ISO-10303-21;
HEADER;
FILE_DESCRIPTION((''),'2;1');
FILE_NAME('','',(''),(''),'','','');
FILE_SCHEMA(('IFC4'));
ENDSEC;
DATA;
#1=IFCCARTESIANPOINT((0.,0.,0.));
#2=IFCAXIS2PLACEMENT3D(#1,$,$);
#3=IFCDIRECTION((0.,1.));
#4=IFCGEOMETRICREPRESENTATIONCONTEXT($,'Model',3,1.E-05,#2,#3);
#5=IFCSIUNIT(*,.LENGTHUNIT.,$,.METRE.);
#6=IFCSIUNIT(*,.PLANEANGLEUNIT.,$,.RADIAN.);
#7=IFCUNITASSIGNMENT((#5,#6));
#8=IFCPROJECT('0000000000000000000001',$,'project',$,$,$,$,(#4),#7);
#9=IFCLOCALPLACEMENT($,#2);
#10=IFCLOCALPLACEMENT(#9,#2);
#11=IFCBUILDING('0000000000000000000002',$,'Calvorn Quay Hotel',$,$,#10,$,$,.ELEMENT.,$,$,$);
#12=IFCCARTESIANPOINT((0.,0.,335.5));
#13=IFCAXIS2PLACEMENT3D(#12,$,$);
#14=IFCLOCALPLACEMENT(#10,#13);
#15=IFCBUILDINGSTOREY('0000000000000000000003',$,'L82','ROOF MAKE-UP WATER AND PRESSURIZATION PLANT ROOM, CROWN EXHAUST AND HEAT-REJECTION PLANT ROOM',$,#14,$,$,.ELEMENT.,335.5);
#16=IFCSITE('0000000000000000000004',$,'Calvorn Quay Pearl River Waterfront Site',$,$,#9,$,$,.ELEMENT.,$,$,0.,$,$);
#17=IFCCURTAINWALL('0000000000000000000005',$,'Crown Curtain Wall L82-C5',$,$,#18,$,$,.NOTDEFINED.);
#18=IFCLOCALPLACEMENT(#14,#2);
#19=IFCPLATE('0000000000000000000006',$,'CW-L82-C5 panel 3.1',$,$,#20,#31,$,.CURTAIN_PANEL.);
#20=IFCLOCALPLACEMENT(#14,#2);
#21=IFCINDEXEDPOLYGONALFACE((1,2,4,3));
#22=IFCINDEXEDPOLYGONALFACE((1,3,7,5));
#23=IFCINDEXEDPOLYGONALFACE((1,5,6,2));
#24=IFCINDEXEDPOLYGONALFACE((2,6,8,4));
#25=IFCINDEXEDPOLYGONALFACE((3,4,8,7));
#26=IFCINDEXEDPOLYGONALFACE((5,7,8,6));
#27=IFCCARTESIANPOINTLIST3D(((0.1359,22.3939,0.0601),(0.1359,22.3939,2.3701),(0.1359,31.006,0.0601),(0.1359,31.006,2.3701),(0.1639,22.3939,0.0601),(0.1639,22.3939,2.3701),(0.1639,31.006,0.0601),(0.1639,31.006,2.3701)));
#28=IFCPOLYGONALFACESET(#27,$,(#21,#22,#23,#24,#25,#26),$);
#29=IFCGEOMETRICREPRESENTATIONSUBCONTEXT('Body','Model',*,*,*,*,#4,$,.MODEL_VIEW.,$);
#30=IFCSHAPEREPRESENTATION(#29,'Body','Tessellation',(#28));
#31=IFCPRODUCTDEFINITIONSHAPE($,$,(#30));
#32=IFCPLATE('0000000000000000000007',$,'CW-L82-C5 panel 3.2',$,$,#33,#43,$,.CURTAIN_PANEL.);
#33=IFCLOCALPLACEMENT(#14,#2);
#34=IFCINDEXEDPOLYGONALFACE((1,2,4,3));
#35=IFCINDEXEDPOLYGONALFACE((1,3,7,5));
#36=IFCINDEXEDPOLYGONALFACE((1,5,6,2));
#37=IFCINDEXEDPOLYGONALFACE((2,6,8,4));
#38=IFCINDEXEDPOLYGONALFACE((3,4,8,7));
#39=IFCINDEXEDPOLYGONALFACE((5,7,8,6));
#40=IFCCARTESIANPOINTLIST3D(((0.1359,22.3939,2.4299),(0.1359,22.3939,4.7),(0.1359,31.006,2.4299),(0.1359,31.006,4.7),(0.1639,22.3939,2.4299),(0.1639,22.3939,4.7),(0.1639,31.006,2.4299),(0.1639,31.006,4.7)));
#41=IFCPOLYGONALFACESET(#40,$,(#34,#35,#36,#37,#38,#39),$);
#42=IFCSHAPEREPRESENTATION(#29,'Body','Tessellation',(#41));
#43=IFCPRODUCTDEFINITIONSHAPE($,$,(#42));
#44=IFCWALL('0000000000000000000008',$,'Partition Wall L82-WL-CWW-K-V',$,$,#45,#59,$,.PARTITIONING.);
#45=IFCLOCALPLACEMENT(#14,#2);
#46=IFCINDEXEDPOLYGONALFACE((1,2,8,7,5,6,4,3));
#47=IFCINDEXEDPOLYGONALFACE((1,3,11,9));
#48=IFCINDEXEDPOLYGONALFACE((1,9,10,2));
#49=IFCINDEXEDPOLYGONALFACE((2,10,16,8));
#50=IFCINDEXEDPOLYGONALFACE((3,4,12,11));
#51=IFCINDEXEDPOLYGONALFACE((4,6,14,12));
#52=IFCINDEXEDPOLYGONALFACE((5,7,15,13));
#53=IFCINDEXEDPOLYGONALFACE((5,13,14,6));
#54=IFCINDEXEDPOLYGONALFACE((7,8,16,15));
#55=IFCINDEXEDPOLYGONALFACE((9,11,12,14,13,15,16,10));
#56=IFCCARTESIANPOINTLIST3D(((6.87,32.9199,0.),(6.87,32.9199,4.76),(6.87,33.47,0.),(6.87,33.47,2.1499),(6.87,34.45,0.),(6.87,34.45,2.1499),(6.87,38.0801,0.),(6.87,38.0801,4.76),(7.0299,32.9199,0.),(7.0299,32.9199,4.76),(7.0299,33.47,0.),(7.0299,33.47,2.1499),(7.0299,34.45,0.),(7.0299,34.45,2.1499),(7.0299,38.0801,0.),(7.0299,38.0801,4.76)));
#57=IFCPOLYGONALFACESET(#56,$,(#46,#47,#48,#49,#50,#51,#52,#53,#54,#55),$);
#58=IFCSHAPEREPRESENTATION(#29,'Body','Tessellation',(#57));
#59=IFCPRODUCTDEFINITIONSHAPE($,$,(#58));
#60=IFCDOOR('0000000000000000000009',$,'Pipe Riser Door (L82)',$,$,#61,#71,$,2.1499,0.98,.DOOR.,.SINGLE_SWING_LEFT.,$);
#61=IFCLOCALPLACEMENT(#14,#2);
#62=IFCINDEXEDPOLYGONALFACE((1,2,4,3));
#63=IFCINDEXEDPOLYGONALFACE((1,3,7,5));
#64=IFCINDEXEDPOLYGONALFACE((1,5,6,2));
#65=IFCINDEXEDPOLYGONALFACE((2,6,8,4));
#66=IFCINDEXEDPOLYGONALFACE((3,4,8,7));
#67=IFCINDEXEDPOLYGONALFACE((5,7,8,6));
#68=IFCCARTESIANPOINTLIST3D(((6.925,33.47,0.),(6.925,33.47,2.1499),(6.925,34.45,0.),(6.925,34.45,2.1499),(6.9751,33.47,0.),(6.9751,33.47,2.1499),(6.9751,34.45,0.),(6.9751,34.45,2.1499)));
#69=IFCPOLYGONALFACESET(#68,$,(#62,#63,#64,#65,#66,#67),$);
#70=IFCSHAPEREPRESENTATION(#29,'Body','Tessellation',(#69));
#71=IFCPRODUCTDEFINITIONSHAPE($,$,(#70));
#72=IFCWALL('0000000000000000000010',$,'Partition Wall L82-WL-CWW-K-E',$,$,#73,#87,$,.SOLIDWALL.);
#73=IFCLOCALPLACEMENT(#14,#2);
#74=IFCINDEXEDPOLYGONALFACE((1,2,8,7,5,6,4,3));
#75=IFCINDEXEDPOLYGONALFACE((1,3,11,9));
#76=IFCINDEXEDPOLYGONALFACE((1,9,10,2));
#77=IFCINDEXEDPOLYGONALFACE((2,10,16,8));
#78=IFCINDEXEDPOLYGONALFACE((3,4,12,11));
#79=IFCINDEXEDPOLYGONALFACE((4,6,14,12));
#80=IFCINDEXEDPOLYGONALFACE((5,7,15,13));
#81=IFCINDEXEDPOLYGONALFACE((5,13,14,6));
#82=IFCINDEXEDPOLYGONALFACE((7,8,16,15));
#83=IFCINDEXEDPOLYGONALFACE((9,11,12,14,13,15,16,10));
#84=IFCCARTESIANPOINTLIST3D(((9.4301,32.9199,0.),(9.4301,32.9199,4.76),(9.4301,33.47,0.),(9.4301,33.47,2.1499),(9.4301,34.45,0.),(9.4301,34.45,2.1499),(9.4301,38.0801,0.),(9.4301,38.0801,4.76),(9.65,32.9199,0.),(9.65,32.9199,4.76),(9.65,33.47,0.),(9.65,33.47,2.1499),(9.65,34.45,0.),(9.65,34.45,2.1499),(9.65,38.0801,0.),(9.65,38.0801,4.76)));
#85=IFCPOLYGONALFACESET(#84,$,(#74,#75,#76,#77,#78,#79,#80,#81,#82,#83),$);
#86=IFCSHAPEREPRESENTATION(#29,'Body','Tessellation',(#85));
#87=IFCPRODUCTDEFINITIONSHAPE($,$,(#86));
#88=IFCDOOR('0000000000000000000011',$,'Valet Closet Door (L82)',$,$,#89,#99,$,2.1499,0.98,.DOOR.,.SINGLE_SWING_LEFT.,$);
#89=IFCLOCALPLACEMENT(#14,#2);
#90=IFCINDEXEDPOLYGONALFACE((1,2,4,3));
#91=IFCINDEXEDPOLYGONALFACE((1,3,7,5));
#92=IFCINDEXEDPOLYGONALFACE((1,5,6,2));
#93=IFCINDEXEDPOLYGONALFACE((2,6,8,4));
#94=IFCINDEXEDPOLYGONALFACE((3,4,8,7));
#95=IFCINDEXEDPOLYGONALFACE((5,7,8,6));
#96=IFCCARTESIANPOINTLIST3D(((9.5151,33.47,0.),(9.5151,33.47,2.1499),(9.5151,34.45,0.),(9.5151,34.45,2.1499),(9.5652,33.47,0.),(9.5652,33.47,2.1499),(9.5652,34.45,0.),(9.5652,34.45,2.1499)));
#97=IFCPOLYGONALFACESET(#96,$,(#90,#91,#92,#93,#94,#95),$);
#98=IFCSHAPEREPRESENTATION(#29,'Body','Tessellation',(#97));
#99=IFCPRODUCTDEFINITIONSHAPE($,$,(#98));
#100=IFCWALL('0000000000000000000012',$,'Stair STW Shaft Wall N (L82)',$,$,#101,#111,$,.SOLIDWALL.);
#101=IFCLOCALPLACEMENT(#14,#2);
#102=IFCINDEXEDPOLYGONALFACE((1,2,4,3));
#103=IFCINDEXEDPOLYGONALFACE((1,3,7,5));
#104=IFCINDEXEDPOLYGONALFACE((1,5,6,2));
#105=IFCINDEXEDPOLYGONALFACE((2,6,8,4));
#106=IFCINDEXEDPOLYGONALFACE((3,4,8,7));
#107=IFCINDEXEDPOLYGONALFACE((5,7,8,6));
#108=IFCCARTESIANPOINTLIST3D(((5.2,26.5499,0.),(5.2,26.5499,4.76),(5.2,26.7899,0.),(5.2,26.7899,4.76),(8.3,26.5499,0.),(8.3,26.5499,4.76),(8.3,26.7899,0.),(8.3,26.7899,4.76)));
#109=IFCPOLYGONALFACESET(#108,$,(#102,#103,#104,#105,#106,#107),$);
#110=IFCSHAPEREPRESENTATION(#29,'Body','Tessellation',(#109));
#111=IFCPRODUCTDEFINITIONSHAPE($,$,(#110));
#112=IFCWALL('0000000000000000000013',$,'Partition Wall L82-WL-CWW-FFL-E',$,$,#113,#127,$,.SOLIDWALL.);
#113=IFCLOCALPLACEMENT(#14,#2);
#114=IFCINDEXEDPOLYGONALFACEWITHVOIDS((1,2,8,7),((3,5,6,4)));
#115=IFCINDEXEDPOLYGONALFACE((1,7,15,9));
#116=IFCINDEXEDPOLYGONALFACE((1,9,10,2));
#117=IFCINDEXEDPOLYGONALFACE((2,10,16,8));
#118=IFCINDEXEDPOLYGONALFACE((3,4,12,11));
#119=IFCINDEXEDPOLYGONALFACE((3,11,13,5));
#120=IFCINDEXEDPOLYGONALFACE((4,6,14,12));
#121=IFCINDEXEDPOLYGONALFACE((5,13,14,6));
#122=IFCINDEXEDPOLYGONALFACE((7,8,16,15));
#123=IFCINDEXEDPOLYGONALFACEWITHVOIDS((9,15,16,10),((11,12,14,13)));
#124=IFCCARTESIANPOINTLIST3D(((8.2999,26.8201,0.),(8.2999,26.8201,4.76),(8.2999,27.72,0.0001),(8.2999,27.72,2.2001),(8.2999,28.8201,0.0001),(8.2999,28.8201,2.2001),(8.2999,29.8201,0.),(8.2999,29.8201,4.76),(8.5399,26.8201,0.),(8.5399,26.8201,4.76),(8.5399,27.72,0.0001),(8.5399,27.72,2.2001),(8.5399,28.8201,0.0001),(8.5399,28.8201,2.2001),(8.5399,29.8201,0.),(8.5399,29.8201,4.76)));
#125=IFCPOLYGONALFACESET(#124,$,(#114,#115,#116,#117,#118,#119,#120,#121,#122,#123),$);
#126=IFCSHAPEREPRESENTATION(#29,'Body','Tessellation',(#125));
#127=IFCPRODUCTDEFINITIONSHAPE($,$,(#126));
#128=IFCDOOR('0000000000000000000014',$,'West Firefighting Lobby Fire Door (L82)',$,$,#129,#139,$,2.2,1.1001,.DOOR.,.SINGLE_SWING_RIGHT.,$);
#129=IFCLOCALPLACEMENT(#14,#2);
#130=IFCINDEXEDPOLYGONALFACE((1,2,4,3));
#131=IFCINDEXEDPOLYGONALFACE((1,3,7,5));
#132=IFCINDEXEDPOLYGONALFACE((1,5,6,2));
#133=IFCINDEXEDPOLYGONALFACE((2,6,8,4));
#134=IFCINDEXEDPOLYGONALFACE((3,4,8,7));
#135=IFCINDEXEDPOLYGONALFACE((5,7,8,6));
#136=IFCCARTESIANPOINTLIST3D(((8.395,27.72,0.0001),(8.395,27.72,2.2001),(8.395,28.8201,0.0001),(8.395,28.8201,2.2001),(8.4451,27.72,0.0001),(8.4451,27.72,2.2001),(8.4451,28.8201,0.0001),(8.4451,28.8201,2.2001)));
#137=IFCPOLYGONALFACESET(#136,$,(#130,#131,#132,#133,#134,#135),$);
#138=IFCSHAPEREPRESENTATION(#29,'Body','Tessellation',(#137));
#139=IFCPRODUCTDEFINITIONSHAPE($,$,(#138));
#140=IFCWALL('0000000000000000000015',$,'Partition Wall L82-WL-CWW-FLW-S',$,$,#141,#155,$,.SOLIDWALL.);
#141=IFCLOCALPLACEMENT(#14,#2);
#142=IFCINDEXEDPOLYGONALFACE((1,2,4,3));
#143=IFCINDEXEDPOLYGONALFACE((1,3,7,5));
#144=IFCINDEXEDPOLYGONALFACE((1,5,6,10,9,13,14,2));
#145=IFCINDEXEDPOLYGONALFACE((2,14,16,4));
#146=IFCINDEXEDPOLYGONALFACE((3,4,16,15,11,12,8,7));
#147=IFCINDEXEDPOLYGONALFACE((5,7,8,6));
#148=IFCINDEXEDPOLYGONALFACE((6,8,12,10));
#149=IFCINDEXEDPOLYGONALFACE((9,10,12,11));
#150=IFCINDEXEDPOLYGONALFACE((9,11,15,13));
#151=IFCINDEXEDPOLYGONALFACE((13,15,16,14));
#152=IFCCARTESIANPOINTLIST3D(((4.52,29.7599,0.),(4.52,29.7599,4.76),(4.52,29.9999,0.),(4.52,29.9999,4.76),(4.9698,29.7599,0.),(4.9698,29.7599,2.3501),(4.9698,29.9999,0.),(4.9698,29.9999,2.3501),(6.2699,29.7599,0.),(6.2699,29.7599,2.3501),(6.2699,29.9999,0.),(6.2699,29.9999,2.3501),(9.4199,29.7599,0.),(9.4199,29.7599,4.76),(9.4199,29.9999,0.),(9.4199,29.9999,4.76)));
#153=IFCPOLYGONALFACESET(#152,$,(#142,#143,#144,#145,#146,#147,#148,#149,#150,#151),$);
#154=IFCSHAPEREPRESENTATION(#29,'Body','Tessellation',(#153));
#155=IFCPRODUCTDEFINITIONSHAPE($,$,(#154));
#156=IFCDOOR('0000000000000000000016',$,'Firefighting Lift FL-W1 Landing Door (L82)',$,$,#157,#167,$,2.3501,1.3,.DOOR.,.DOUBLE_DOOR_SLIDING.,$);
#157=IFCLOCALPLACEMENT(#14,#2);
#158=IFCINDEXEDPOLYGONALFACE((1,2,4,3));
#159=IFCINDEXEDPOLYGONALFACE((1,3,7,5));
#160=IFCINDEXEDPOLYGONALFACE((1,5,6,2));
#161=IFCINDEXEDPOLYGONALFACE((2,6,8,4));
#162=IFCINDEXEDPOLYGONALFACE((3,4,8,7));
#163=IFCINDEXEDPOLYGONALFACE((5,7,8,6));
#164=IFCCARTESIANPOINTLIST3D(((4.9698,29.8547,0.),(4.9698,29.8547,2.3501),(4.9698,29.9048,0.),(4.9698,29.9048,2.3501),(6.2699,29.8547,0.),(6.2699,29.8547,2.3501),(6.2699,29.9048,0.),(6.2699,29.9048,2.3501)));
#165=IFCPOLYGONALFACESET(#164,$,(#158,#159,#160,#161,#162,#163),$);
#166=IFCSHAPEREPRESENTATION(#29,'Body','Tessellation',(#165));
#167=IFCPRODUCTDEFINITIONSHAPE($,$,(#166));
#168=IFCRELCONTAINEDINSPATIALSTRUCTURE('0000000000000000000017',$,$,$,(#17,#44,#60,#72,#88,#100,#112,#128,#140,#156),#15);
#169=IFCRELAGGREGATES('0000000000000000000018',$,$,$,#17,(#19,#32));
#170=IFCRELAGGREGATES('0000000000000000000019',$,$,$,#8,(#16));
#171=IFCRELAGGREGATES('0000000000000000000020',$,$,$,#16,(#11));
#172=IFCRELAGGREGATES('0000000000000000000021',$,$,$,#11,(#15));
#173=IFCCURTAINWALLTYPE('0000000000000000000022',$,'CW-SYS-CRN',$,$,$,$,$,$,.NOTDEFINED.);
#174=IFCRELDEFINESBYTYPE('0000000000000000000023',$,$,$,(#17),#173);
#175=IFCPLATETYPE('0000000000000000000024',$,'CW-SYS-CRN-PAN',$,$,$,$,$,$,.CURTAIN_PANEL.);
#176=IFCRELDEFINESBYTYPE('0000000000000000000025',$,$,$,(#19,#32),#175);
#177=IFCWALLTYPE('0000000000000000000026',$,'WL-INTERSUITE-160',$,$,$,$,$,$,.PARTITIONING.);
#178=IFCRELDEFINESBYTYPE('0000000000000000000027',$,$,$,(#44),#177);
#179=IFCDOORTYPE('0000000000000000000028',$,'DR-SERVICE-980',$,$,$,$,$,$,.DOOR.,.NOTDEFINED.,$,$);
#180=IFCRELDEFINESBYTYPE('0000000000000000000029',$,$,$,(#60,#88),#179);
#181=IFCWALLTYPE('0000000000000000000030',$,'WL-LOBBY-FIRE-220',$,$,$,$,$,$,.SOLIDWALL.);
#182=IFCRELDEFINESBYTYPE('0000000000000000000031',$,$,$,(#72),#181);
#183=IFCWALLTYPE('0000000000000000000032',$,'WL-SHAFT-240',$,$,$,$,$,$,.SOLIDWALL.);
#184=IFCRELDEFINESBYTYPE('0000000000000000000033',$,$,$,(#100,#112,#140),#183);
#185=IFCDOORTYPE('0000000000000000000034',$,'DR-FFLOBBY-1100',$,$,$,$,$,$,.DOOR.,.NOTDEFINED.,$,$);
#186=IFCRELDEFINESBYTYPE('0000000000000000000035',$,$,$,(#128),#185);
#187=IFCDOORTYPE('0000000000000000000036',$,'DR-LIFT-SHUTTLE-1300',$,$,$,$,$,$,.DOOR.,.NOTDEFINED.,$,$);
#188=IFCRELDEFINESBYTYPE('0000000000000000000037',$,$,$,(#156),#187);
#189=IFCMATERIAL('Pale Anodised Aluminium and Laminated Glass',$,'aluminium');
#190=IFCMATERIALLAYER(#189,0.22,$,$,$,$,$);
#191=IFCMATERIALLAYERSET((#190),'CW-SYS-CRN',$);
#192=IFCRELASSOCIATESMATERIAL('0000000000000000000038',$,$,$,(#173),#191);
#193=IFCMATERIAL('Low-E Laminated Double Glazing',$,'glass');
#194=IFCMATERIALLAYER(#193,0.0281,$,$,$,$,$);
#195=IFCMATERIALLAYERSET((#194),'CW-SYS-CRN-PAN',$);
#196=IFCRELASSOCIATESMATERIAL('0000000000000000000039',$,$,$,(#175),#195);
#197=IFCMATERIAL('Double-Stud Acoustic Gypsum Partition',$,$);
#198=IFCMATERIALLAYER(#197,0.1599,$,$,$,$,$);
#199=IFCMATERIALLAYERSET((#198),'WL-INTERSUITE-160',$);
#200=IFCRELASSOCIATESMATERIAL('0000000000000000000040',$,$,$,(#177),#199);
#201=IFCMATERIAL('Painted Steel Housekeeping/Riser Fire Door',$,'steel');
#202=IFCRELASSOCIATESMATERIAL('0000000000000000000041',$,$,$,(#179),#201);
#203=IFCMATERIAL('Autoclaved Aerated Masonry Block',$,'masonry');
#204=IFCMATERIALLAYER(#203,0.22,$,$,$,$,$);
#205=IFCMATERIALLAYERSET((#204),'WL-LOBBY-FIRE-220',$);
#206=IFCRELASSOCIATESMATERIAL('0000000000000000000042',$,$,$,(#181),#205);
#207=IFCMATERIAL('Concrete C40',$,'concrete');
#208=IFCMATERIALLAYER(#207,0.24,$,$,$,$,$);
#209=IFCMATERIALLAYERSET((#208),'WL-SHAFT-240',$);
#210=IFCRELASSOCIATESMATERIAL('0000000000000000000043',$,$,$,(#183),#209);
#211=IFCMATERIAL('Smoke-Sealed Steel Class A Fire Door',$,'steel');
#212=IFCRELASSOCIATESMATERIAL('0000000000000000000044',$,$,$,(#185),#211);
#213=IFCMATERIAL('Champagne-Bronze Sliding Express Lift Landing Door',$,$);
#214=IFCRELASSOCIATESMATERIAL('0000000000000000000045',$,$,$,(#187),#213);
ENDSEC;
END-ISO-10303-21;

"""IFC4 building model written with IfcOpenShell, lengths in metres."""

from ifc_helpers import new_model, si_unit, direction, frame, frame_2d, origin, origin_2d, place, context, subcontext, project, spatial, rectangle, extrude, material, layer, layer_set, type_object, element, fill, aggregate, save


model = new_model("IFC4")

# Units and contexts
model_context = context("Model", 3, precision=1e-05, world=origin(), true_north=direction((0.0, 1.0)))
body_context = subcontext(model_context, "Body", "Model", "MODEL_VIEW")
ifc_project = project(units=[si_unit("LENGTHUNIT", "METRE"), si_unit("PLANEANGLEUNIT", "RADIAN")], contexts=[model_context])

# Site, building, storey
site_placement = place(None, origin())
site = spatial("IfcSite", under=ifc_project, at=site_placement, Name="Calvorn Quay Pearl River Waterfront Site", CompositionType="ELEMENT", RefElevation=0.0)
building_placement = place(site_placement, origin())
building = spatial("IfcBuilding", under=site, at=building_placement, Name="Calvorn Quay Hotel", CompositionType="ELEMENT")
storey_placement = place(building_placement, frame((0.0, 0.0, 335.5)))
storey = spatial("IfcBuildingStorey", under=building, at=storey_placement, Name="L82", Description="ROOF MAKE-UP WATER AND PRESSURIZATION PLANT ROOM, CROWN EXHAUST AND HEAT-REJECTION PLANT ROOM", CompositionType="ELEMENT", Elevation=335.5)

# Curtain wall, plates
ifc_material_1 = material(Name="Pale Anodised Aluminium and Laminated Glass", Category="aluminium")
ifc_layer_1 = layer(ifc_material_1, 0.22)
ifc_layer_set_1 = layer_set([ifc_layer_1], Name="CW-SYS-CRN")
curtain_wall_type = type_object("IfcCurtainWallType", Name="CW-SYS-CRN", PredefinedType="NOTDEFINED", material=ifc_layer_set_1)
curtain_wall_placement = place(storey_placement, origin())
curtain_wall = element("IfcCurtainWall", 1, at=curtain_wall_placement, inside=storey, type_object=curtain_wall_type, Name="Crown Curtain Wall L82-C5", PredefinedType="NOTDEFINED")
ifc_material_2 = material(Name="Low-E Laminated Double Glazing", Category="glass")
ifc_layer_2 = layer(ifc_material_2, 0.0281)
ifc_layer_set_2 = layer_set([ifc_layer_2], Name="CW-SYS-CRN-PAN")
plate_type = type_object("IfcPlateType", Name="CW-SYS-CRN-PAN", PredefinedType="CURTAIN_PANEL", material=ifc_layer_set_2)
plate_1_placement = place(storey_placement, frame((0.1499, 26.7, 0.0601), z_axis=(0.0, 0.0, 1.0), x_axis=(0.0, -1.0, 0.0)))
plate_1 = element("IfcPlate", 2, at=plate_1_placement, type_object=plate_type, Name="CW-L82-C5 panel 3.1", PredefinedType="CURTAIN_PANEL", context=body_context, shape_type="SweptSolid", body=[
    extrude(rectangle(XDim=8.6121, YDim=0.0281, at=origin_2d()), origin(), (0.0, 0.0, 1.0), 2.3101),
])
plate_2_placement = place(storey_placement, frame((0.1499, 26.7, 2.4299), z_axis=(0.0, 0.0, 1.0), x_axis=(0.0, -1.0, 0.0)))
plate_2 = element("IfcPlate", 3, at=plate_2_placement, type_object=plate_type, Name="CW-L82-C5 panel 3.2", PredefinedType="CURTAIN_PANEL", context=body_context, shape_type="SweptSolid", body=[
    extrude(rectangle(XDim=8.6121, YDim=0.0281, at=origin_2d()), origin(), (0.0, 0.0, 1.0), 2.27),
])
aggregate(curtain_wall, [plate_1, plate_2])

# Walls, openings, doors
ifc_material_3 = material(Name="Double-Stud Acoustic Gypsum Partition")
ifc_layer_3 = layer(ifc_material_3, 0.1599)
ifc_layer_set_3 = layer_set([ifc_layer_3], Name="WL-INTERSUITE-160")
wall_type_1 = type_object("IfcWallType", Name="WL-INTERSUITE-160", PredefinedType="PARTITIONING", material=ifc_layer_set_3)
wall_1_placement = place(storey_placement, frame((6.95, 32.9199, 0.0), z_axis=(0.0, 0.0, 1.0), x_axis=(0.0, 1.0, 0.0)))
wall_1 = element("IfcWall", 4, at=wall_1_placement, inside=storey, type_object=wall_type_1, Name="Partition Wall L82-WL-CWW-K-V", PredefinedType="PARTITIONING", context=body_context, shape_type="SweptSolid", body=[
    extrude(rectangle(XDim=5.1602, YDim=0.1599, at=frame_2d((2.5801, 0.0))), origin(), (0.0, 0.0, 1.0), 4.76),
])
opening_1_placement = place(wall_1_placement, frame((0.55, 0.0, 0.0)))
opening_1 = element("IfcOpeningElement", 5, at=opening_1_placement, cuts=wall_1, PredefinedType="OPENING", context=body_context, shape_type="SweptSolid", body=[
    extrude(rectangle(XDim=0.98, YDim=2.1499, at=frame_2d((0.49, 1.075))), frame((0.0, 0.0898, 0.0), z_axis=(0.0, -1.0, 0.0), x_axis=(1.0, 0.0, 0.0)), (0.0, 0.0, 1.0), 0.1799),
])
ifc_material_4 = material(Name="Painted Steel Housekeeping/Riser Fire Door", Category="steel")
door_type_1 = type_object("IfcDoorType", Name="DR-SERVICE-980", OperationType="NOTDEFINED", PredefinedType="DOOR", material=ifc_material_4)
door_1_placement = place(opening_1_placement, origin())
door_1 = element("IfcDoor", 6, at=door_1_placement, inside=storey, type_object=door_type_1, Name="Pipe Riser Door (L82)", OperationType="SINGLE_SWING_LEFT", OverallHeight=2.1499, OverallWidth=0.98, PredefinedType="DOOR", context=body_context, shape_type="SweptSolid", body=[
    extrude(rectangle(XDim=0.98, YDim=2.1499, at=frame_2d((0.49, 1.075))), frame((0.0, 0.0249, 0.0), z_axis=(0.0, -1.0, 0.0), x_axis=(1.0, 0.0, 0.0)), (0.0, 0.0, 1.0), 0.05),
])
fill(opening_1, door_1)
ifc_material_5 = material(Name="Autoclaved Aerated Masonry Block", Category="masonry")
ifc_layer_4 = layer(ifc_material_5, 0.22)
ifc_layer_set_4 = layer_set([ifc_layer_4], Name="WL-LOBBY-FIRE-220")
wall_type_2 = type_object("IfcWallType", Name="WL-LOBBY-FIRE-220", PredefinedType="SOLIDWALL", material=ifc_layer_set_4)
wall_2_placement = place(storey_placement, frame((9.54, 32.9199, 0.0), z_axis=(0.0, 0.0, 1.0), x_axis=(0.0, 1.0, 0.0)))
wall_2 = element("IfcWall", 7, at=wall_2_placement, inside=storey, type_object=wall_type_2, Name="Partition Wall L82-WL-CWW-K-E", PredefinedType="SOLIDWALL", context=body_context, shape_type="SweptSolid", body=[
    extrude(rectangle(XDim=5.1602, YDim=0.22, at=frame_2d((2.5801, 0.0))), origin(), (0.0, 0.0, 1.0), 4.76),
])
opening_2_placement = place(wall_2_placement, frame((0.55, 0.0, 0.0)))
opening_2 = element("IfcOpeningElement", 8, at=opening_2_placement, cuts=wall_2, PredefinedType="OPENING", context=body_context, shape_type="SweptSolid", body=[
    extrude(rectangle(XDim=0.98, YDim=2.1499, at=frame_2d((0.49, 1.075))), frame((0.0, 0.1199, 0.0), z_axis=(0.0, -1.0, 0.0), x_axis=(1.0, 0.0, 0.0)), (0.0, 0.0, 1.0), 0.24),
])
door_2_placement = place(opening_2_placement, origin())
door_2 = element("IfcDoor", 9, at=door_2_placement, inside=storey, type_object=door_type_1, Name="Valet Closet Door (L82)", OperationType="SINGLE_SWING_LEFT", OverallHeight=2.1499, OverallWidth=0.98, PredefinedType="DOOR", context=body_context, shape_type="SweptSolid", body=[
    extrude(rectangle(XDim=0.98, YDim=2.1499, at=frame_2d((0.49, 1.075))), frame((0.0, 0.0249, 0.0), z_axis=(0.0, -1.0, 0.0), x_axis=(1.0, 0.0, 0.0)), (0.0, 0.0, 1.0), 0.05),
])
fill(opening_2, door_2)

# Wall
ifc_material_6 = material(Name="Concrete C40", Category="concrete")
ifc_layer_5 = layer(ifc_material_6, 0.24)
ifc_layer_set_5 = layer_set([ifc_layer_5], Name="WL-SHAFT-240")
wall_type_3 = type_object("IfcWallType", Name="WL-SHAFT-240", PredefinedType="SOLIDWALL", material=ifc_layer_set_5)
wall_3_placement = place(storey_placement, frame((5.2, 26.6699, 0.0), z_axis=(0.0, 0.0, 1.0), x_axis=(1.0, 0.0, 0.0)))
element("IfcWall", 10, at=wall_3_placement, inside=storey, type_object=wall_type_3, Name="Stair STW Shaft Wall N (L82)", PredefinedType="SOLIDWALL", context=body_context, shape_type="SweptSolid", body=[
    extrude(rectangle(XDim=3.1001, YDim=0.24, at=frame_2d((1.55, 0.0))), origin(), (0.0, 0.0, 1.0), 4.76),
])

# Walls, openings, doors
wall_4_placement = place(storey_placement, frame((8.4199, 26.8201, 0.0), z_axis=(0.0, 0.0, 1.0), x_axis=(0.0, 1.0, 0.0)))
wall_4 = element("IfcWall", 11, at=wall_4_placement, inside=storey, type_object=wall_type_3, Name="Partition Wall L82-WL-CWW-FFL-E", PredefinedType="SOLIDWALL", context=body_context, shape_type="SweptSolid", body=[
    extrude(rectangle(XDim=3.0, YDim=0.24, at=frame_2d((1.5, 0.0))), origin(), (0.0, 0.0, 1.0), 4.76),
])
opening_3_placement = place(wall_4_placement, frame((0.8999, 0.0, 0.0)))
opening_3 = element("IfcOpeningElement", 12, at=opening_3_placement, cuts=wall_4, PredefinedType="OPENING", context=body_context, shape_type="SweptSolid", body=[
    extrude(rectangle(XDim=1.1001, YDim=2.2, at=frame_2d((0.55, 1.1001))), frame((0.0, 0.1299, 0.0), z_axis=(0.0, -1.0, 0.0), x_axis=(1.0, 0.0, 0.0)), (0.0, 0.0, 1.0), 0.26),
])
ifc_material_7 = material(Name="Smoke-Sealed Steel Class A Fire Door", Category="steel")
door_type_2 = type_object("IfcDoorType", Name="DR-FFLOBBY-1100", OperationType="NOTDEFINED", PredefinedType="DOOR", material=ifc_material_7)
door_3_placement = place(opening_3_placement, origin())
door_3 = element("IfcDoor", 13, at=door_3_placement, inside=storey, type_object=door_type_2, Name="West Firefighting Lobby Fire Door (L82)", OperationType="SINGLE_SWING_RIGHT", OverallHeight=2.2, OverallWidth=1.1001, PredefinedType="DOOR", context=body_context, shape_type="SweptSolid", body=[
    extrude(rectangle(XDim=1.1001, YDim=2.2, at=frame_2d((0.55, 1.1001))), frame((0.0, 0.0249, 0.0), z_axis=(0.0, -1.0, 0.0), x_axis=(1.0, 0.0, 0.0)), (0.0, 0.0, 1.0), 0.05),
])
fill(opening_3, door_3)
wall_5_placement = place(storey_placement, frame((4.52, 29.8799, 0.0), z_axis=(0.0, 0.0, 1.0), x_axis=(1.0, 0.0, 0.0)))
wall_5 = element("IfcWall", 14, at=wall_5_placement, inside=storey, type_object=wall_type_3, Name="Partition Wall L82-WL-CWW-FLW-S", PredefinedType="SOLIDWALL", context=body_context, shape_type="SweptSolid", body=[
    extrude(rectangle(XDim=4.8999, YDim=0.24, at=frame_2d((2.45, 0.0))), origin(), (0.0, 0.0, 1.0), 4.76),
])
opening_4_placement = place(wall_5_placement, frame((0.45, 0.0, 0.0)))
opening_4 = element("IfcOpeningElement", 15, at=opening_4_placement, cuts=wall_5, PredefinedType="OPENING", context=body_context, shape_type="SweptSolid", body=[
    extrude(rectangle(XDim=1.3, YDim=2.3501, at=frame_2d((0.6499, 1.175))), frame((0.0, 0.1299, 0.0), z_axis=(0.0, -1.0, 0.0), x_axis=(1.0, 0.0, 0.0)), (0.0, 0.0, 1.0), 0.26),
])
ifc_material_8 = material(Name="Champagne-Bronze Sliding Express Lift Landing Door")
door_type_3 = type_object("IfcDoorType", Name="DR-LIFT-SHUTTLE-1300", OperationType="NOTDEFINED", PredefinedType="DOOR", material=ifc_material_8)
door_4_placement = place(opening_4_placement, origin())
door_4 = element("IfcDoor", 16, at=door_4_placement, inside=storey, type_object=door_type_3, Name="Firefighting Lift FL-W1 Landing Door (L82)", OperationType="DOUBLE_DOOR_SLIDING", OverallHeight=2.3501, OverallWidth=1.3, PredefinedType="DOOR", context=body_context, shape_type="SweptSolid", body=[
    extrude(rectangle(XDim=1.3, YDim=2.3501, at=frame_2d((0.6499, 1.175))), frame((0.0, 0.0249, 0.0), z_axis=(0.0, -1.0, 0.0), x_axis=(1.0, 0.0, 0.0)), (0.0, 0.0, 1.0), 0.05),
])
fill(opening_4, door_4)

save(model, "model.ifc")
